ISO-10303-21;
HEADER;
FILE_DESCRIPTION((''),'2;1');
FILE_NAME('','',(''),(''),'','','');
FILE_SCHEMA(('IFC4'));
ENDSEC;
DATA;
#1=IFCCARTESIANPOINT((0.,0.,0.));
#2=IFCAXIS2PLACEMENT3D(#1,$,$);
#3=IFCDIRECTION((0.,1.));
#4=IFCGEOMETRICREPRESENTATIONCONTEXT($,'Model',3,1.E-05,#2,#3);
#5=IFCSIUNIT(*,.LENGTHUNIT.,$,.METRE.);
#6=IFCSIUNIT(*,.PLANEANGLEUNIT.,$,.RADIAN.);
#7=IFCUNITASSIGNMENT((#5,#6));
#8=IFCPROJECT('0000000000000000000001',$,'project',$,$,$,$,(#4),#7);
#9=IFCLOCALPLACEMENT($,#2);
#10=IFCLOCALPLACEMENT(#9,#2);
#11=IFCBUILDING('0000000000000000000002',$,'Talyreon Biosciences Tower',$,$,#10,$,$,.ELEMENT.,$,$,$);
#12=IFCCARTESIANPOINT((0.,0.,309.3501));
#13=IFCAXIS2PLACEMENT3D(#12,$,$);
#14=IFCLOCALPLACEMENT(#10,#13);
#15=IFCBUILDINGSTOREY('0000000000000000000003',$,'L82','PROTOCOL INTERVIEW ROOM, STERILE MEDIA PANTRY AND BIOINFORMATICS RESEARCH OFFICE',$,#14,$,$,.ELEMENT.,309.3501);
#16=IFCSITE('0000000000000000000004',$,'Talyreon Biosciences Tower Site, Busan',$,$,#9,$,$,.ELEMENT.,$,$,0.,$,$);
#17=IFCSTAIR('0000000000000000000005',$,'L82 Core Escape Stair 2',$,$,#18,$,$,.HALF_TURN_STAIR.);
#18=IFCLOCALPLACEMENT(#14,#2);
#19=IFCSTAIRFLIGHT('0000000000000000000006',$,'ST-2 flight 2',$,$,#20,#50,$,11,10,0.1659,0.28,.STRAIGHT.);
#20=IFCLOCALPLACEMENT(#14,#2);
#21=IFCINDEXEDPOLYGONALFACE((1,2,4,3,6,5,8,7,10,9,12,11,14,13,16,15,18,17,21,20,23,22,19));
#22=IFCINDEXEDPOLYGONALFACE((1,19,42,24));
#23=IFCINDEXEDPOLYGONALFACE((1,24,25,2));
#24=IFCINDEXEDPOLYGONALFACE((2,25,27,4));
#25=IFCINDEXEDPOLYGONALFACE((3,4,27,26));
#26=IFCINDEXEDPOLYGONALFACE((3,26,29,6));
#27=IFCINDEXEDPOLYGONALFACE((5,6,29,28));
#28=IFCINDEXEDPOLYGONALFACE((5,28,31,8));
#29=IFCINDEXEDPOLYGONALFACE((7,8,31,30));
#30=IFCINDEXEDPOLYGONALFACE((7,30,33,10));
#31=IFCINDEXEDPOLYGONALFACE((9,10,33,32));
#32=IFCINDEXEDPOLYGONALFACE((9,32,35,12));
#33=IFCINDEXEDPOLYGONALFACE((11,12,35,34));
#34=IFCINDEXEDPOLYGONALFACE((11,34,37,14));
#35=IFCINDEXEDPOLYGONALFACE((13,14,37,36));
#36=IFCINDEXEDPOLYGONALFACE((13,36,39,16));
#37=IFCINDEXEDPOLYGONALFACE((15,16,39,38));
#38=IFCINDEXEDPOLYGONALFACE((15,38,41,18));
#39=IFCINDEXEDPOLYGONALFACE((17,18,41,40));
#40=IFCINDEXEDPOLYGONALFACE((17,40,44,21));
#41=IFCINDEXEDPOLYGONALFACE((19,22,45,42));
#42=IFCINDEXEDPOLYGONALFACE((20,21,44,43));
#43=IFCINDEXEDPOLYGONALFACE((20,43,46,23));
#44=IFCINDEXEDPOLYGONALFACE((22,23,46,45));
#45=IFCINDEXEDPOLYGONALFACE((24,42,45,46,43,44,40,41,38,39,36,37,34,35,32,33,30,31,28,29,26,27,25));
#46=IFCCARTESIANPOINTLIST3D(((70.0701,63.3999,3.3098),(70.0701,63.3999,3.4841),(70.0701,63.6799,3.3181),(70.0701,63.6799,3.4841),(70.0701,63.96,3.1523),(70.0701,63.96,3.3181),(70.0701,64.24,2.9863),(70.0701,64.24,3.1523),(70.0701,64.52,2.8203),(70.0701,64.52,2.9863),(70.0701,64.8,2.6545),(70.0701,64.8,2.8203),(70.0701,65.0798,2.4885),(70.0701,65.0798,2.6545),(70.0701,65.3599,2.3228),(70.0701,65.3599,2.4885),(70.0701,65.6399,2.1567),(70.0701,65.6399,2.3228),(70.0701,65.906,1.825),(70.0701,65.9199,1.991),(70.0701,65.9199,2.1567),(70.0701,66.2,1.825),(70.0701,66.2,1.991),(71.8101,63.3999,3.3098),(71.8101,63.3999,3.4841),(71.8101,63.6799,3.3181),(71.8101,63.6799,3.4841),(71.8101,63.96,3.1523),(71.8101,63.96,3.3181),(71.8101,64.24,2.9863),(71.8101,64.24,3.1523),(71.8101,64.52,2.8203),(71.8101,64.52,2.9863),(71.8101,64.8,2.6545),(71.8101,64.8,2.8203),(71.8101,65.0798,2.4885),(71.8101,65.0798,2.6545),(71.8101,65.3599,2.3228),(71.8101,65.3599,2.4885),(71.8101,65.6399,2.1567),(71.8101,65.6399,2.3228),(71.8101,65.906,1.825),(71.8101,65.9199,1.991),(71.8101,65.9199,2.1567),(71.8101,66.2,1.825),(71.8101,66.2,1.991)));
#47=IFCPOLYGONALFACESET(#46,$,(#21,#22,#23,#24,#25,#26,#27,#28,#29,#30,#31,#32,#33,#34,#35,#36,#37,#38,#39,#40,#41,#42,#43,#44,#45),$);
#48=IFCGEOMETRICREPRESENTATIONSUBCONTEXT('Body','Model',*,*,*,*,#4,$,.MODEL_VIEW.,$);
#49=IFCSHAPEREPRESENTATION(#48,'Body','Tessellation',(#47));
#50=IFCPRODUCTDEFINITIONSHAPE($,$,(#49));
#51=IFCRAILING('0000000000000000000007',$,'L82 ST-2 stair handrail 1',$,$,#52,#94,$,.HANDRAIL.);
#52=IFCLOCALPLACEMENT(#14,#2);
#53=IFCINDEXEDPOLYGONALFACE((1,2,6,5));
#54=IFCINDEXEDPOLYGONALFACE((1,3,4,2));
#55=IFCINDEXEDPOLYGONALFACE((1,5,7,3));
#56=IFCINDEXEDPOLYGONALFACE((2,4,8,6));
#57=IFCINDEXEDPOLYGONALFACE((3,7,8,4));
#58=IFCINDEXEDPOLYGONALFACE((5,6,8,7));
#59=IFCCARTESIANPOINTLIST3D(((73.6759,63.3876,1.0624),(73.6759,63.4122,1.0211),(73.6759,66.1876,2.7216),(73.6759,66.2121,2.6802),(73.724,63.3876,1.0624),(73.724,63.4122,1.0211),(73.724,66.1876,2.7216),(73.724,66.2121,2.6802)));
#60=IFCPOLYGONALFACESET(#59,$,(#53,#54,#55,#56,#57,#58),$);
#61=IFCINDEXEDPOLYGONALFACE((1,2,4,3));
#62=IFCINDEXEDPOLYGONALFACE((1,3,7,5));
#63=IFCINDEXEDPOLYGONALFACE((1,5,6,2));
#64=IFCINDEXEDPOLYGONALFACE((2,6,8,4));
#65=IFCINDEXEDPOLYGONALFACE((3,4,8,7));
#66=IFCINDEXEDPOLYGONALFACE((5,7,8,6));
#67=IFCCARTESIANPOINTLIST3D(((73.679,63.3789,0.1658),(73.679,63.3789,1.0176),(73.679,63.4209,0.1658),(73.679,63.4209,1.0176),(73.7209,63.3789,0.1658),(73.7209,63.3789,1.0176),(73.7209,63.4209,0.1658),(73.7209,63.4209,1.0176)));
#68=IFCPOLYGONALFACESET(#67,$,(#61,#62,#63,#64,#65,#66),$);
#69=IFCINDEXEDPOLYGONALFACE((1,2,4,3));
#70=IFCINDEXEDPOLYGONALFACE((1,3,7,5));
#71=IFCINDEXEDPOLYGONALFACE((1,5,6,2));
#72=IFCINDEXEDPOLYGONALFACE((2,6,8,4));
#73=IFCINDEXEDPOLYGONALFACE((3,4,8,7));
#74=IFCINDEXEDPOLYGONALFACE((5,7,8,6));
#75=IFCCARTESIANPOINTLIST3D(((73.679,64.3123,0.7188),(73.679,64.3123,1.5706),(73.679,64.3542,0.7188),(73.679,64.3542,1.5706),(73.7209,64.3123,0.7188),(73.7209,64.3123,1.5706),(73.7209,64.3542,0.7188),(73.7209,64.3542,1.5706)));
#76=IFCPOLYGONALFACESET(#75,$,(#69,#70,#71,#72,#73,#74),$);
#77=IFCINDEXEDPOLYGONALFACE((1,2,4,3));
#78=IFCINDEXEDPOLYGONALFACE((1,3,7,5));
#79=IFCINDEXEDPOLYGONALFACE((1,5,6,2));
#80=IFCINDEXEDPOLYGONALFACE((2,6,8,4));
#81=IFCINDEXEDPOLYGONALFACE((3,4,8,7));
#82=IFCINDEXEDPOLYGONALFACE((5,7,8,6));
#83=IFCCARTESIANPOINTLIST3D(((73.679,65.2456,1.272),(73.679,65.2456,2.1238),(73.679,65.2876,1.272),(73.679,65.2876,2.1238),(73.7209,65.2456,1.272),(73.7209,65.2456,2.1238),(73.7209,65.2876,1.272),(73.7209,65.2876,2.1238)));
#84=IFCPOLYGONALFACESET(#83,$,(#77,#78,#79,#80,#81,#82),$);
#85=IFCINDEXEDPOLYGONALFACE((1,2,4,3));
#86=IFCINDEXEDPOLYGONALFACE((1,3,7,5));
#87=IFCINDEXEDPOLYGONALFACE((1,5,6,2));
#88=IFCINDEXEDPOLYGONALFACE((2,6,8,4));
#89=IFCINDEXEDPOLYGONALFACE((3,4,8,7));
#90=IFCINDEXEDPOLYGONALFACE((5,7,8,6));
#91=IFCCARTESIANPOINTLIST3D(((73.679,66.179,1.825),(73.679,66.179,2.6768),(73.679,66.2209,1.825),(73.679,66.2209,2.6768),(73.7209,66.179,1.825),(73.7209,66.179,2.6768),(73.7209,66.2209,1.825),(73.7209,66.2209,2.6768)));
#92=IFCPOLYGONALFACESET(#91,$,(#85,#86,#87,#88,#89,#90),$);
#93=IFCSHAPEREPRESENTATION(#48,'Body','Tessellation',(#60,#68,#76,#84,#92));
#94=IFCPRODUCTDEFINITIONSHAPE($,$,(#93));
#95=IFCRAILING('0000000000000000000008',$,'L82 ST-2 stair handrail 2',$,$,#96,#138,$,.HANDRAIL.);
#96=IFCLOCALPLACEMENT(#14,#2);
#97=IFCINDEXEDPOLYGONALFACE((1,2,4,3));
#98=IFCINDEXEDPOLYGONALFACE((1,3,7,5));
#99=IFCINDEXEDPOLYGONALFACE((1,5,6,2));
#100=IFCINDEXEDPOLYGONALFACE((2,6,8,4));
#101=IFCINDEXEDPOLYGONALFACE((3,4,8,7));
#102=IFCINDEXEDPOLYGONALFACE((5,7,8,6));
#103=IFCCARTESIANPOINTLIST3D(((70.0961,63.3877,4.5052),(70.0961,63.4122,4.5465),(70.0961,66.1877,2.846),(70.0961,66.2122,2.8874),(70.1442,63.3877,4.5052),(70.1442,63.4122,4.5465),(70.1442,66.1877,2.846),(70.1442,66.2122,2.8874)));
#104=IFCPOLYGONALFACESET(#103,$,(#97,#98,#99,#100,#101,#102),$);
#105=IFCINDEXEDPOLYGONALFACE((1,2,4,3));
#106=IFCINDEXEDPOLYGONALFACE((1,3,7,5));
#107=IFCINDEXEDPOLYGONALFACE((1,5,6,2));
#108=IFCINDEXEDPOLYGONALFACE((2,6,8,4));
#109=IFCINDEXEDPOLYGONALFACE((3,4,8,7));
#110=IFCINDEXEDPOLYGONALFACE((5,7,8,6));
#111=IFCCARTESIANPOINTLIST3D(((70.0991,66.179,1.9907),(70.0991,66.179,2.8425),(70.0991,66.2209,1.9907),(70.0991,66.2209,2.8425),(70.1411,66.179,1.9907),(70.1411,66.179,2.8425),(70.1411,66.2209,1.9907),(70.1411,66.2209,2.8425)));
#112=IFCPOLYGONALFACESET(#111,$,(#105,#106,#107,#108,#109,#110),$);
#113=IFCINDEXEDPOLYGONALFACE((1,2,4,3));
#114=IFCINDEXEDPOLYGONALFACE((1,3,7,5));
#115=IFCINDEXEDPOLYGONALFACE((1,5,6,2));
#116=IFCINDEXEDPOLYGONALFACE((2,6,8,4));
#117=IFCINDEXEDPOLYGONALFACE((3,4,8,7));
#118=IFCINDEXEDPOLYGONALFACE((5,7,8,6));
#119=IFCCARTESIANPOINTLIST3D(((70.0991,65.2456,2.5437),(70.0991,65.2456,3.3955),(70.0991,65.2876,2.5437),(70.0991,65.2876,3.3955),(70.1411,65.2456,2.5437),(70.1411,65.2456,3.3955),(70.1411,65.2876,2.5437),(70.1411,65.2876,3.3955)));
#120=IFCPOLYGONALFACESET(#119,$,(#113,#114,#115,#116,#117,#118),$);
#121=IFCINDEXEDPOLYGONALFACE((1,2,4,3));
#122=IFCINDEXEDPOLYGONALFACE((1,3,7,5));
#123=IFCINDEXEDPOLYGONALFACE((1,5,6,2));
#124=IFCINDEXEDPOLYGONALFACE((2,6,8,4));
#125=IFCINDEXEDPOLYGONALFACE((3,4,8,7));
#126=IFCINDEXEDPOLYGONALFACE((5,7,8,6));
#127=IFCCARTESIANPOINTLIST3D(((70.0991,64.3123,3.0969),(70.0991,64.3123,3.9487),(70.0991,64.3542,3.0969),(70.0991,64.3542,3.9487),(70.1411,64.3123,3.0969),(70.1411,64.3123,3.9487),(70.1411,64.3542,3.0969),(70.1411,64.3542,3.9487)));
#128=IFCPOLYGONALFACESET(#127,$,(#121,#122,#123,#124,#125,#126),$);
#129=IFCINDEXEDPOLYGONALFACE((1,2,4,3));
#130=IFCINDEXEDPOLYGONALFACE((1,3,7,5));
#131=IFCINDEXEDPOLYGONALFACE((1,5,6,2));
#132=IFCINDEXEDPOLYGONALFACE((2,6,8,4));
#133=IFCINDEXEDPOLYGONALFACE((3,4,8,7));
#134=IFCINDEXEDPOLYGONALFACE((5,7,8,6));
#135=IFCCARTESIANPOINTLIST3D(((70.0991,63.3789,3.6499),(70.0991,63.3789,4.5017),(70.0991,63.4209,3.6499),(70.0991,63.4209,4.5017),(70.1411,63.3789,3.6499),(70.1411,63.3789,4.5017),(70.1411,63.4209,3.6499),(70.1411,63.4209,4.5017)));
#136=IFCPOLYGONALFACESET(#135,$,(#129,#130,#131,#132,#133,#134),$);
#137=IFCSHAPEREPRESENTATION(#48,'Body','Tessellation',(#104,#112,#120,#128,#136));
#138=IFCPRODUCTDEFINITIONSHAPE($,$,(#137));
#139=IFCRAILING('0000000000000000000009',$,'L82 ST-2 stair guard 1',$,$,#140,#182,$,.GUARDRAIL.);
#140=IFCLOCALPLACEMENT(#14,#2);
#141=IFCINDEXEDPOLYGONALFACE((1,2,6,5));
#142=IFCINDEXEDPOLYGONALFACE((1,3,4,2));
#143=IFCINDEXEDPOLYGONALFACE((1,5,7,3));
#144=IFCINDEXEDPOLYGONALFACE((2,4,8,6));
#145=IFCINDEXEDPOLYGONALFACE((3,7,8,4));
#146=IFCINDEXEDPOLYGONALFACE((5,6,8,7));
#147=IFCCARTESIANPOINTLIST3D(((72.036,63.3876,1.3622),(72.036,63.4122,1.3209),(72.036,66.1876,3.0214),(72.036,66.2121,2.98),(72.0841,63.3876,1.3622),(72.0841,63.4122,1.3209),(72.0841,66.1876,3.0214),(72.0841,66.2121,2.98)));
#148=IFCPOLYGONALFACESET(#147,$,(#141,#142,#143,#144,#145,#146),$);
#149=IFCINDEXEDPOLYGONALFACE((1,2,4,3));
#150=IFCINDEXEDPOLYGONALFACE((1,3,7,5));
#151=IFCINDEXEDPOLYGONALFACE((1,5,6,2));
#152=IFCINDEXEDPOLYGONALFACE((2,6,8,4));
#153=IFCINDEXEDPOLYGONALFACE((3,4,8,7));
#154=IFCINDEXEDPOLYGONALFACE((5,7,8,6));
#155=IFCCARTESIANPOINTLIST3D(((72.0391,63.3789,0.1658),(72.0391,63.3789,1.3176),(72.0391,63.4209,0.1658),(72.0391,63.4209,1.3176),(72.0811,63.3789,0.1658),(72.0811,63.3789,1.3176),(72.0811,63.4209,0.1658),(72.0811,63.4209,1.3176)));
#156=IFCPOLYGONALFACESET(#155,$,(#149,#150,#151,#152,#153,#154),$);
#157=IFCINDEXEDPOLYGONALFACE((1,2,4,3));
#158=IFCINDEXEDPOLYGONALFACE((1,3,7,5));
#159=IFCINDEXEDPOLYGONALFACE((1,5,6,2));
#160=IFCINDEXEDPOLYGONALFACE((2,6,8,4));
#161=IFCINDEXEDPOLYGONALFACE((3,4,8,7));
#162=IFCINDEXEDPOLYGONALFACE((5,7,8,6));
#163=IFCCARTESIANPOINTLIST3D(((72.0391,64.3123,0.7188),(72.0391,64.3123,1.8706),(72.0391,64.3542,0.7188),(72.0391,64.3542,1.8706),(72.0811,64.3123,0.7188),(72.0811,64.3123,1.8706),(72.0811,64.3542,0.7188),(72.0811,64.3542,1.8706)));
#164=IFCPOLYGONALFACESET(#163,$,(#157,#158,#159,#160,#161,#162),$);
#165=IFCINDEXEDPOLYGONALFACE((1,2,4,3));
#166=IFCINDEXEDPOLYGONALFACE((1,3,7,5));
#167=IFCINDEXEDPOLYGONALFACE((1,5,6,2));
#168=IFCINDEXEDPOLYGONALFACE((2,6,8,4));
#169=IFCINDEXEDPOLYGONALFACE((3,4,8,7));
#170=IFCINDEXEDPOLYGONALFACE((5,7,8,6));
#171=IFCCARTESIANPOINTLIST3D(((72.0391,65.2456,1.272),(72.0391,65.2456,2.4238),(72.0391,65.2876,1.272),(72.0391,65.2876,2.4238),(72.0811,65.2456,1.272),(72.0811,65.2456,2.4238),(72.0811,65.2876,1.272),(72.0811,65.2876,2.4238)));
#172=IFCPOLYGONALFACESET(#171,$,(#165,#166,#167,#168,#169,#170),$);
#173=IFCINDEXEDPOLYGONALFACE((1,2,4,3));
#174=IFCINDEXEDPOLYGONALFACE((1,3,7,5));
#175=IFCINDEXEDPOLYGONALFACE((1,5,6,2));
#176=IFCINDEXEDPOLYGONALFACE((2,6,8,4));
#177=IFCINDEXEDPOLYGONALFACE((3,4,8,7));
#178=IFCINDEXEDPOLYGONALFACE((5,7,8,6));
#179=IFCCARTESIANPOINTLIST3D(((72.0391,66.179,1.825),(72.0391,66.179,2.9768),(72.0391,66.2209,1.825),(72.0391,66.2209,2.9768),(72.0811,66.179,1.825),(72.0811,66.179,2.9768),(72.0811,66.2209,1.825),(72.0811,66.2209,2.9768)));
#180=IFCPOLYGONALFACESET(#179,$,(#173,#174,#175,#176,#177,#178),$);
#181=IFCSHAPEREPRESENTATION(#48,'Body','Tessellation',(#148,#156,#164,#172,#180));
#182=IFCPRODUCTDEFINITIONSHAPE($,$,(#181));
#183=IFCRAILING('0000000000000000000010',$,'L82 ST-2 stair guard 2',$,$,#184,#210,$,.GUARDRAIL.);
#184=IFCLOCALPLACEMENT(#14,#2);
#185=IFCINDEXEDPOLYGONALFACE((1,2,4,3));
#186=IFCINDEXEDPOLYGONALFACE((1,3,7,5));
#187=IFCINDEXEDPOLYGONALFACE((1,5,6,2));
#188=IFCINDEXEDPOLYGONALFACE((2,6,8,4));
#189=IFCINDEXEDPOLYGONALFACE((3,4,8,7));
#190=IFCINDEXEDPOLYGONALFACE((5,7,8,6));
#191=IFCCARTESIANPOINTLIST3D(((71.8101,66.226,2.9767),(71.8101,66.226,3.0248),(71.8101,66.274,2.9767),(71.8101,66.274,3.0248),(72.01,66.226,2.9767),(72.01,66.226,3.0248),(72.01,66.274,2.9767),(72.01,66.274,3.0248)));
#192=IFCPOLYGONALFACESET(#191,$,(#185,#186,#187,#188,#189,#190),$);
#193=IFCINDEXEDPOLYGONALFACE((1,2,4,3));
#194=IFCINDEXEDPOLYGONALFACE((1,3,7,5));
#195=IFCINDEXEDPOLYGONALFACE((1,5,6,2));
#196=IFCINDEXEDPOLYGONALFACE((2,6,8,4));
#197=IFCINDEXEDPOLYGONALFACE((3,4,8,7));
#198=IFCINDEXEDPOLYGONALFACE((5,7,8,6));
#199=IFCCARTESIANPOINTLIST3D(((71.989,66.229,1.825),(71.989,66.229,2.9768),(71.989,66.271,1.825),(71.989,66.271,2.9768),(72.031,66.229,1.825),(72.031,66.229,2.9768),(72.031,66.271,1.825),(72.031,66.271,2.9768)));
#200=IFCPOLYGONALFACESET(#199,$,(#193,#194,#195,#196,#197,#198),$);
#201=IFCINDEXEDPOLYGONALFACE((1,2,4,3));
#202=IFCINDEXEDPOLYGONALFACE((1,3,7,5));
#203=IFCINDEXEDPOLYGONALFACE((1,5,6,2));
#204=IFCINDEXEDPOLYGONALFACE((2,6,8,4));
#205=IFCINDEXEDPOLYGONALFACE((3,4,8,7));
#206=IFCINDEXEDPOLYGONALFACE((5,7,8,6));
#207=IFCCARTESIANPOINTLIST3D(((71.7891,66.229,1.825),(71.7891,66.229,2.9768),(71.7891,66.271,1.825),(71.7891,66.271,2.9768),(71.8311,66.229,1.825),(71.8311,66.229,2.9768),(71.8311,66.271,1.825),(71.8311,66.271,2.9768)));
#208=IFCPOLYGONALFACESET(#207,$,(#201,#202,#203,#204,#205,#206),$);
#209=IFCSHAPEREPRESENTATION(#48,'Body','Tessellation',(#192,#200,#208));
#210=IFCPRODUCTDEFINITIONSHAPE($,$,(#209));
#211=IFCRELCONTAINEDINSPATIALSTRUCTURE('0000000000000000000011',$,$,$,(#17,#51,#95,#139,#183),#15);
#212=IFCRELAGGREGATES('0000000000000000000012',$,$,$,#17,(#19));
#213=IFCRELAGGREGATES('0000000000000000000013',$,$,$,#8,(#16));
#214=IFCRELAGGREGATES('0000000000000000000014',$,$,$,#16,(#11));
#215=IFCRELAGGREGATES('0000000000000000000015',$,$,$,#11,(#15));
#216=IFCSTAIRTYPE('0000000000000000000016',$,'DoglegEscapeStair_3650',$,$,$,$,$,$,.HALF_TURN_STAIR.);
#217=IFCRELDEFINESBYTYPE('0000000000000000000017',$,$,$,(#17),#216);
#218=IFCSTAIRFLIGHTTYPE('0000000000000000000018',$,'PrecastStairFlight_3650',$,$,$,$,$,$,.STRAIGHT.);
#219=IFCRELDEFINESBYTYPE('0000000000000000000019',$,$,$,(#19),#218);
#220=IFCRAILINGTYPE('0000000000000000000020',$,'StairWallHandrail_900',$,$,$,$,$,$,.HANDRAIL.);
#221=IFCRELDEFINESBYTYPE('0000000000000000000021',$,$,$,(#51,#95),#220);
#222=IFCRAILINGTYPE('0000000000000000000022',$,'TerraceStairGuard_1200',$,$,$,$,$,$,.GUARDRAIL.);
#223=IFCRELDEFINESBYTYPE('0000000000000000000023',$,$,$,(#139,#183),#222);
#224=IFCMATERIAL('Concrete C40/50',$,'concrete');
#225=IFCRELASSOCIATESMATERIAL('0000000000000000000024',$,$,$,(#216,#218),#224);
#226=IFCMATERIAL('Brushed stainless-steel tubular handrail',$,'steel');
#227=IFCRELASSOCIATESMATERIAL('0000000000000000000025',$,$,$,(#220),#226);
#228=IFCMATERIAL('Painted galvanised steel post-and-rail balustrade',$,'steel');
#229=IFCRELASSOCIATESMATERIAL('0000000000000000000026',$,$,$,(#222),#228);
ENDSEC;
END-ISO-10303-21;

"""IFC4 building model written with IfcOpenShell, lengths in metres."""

from ifc_helpers import new_model, si_unit, direction, frame, origin, origin_2d, place, context, subcontext, project, spatial, polyline, rectangle, outline, extrude, material, type_object, element, aggregate, save


model = new_model("IFC4")

# Units and contexts
model_context = context("Model", 3, precision=1e-05, world=origin(), true_north=direction((0.0, 1.0)))
body_context = subcontext(model_context, "Body", "Model", "MODEL_VIEW")
ifc_project = project(units=[si_unit("LENGTHUNIT", "METRE"), si_unit("PLANEANGLEUNIT", "RADIAN")], contexts=[model_context])

# Site, building, storey
site_placement = place(None, origin())
site = spatial("IfcSite", under=ifc_project, at=site_placement, Name="Talyreon Biosciences Tower Site, Busan", CompositionType="ELEMENT", RefElevation=0.0)
building_placement = place(site_placement, origin())
building = spatial("IfcBuilding", under=site, at=building_placement, Name="Talyreon Biosciences Tower", CompositionType="ELEMENT")
storey_placement = place(building_placement, frame((0.0, 0.0, 309.3501)))
storey = spatial("IfcBuildingStorey", under=building, at=storey_placement, Name="L82", Description="PROTOCOL INTERVIEW ROOM, STERILE MEDIA PANTRY AND BIOINFORMATICS RESEARCH OFFICE", CompositionType="ELEMENT", Elevation=309.3501)

# Stair, stair flight
ifc_material_1 = material(Name="Concrete C40/50", Category="concrete")
stair_type = type_object("IfcStairType", Name="DoglegEscapeStair_3650", PredefinedType="HALF_TURN_STAIR", material=ifc_material_1)
stair_placement = place(storey_placement, origin())
stair = element("IfcStair", 1, at=stair_placement, inside=storey, type_object=stair_type, Name="L82 Core Escape Stair 2", PredefinedType="HALF_TURN_STAIR")
stair_flight_type = type_object("IfcStairFlightType", Name="PrecastStairFlight_3650", PredefinedType="STRAIGHT", material=ifc_material_1)
stair_flight_1_placement = place(storey_placement, frame((70.9399, 66.2, 1.825), z_axis=(0.0, 0.0, 1.0), x_axis=(0.0, -1.0, 0.0)))
stair_flight_1 = element("IfcStairFlight", 2, at=stair_flight_1_placement, type_object=stair_flight_type, Name="ST-2 flight 2", NumberOfRisers=11, NumberOfTreads=10, PredefinedType="STRAIGHT", RiserHeight=0.1659, TreadLength=0.28, context=body_context, shape_type="SweptSolid", body=[
    extrude(outline(polyline([(0.0, 0.0), (0.0, 0.166), (0.28, 0.166), (0.28, 0.3318), (0.5601, 0.3318), (0.5601, 0.4978), (0.8401, 0.4978), (0.8401, 0.6636), (1.1201, 0.6636), (1.1201, 0.8296), (1.3999, 0.8296), (1.3999, 0.9954), (1.6799, 0.9954), (1.6799, 1.1614), (1.96, 1.1614), (1.96, 1.3274), (2.24, 1.3274), (2.24, 1.4932), (2.52, 1.4932), (2.52, 1.6592), (2.8, 1.6592), (2.8, 1.825), (2.8, 1.4849), (0.2939, 0.0), (0.0, 0.0)])), frame((0.0, 0.8701, 0.0), z_axis=(0.0, -1.0, 0.0), x_axis=(1.0, 0.0, 0.0)), (0.0, 0.0, 1.0), 1.74),
])
aggregate(stair, [stair_flight_1])

# Railings
ifc_material_2 = material(Name="Brushed stainless-steel tubular handrail", Category="steel")
railing_type_1 = type_object("IfcRailingType", Name="StairWallHandrail_900", PredefinedType="HANDRAIL", material=ifc_material_2)
railing_1_placement = place(storey_placement, frame((73.7, 63.3999, 0.1658)))
element("IfcRailing", 3, at=railing_1_placement, inside=storey, type_object=railing_type_1, Name="L82 ST-2 stair handrail 1", PredefinedType="HANDRAIL", context=body_context, shape_type="SweptSolid", body=[
    extrude(rectangle(XDim=0.0481, YDim=0.0481, at=origin_2d()), frame((0.0, 0.0, 0.876), z_axis=(0.0, 0.860306, 0.509778), x_axis=(-1.0, 0.0, 0.0)), (0.0, 0.0, 1.0), 3.2546),
    extrude(rectangle(XDim=0.042, YDim=0.042, at=origin_2d()), origin(), (0.0, 0.0, 1.0), 0.8518),
    extrude(rectangle(XDim=0.042, YDim=0.042, at=origin_2d()), frame((0.0, 0.9333, 0.553)), (0.0, 0.0, 1.0), 0.8518),
    extrude(rectangle(XDim=0.042, YDim=0.042, at=origin_2d()), frame((0.0, 1.8667, 1.1062)), (0.0, 0.0, 1.0), 0.8518),
    extrude(rectangle(XDim=0.042, YDim=0.042, at=origin_2d()), frame((0.0, 2.8, 1.6592)), (0.0, 0.0, 1.0), 0.8518),
])
railing_2_placement = place(storey_placement, frame((70.1201, 66.2, 1.9907)))
element("IfcRailing", 4, at=railing_2_placement, inside=storey, type_object=railing_type_1, Name="L82 ST-2 stair handrail 2", PredefinedType="HANDRAIL", context=body_context, shape_type="SweptSolid", body=[
    extrude(rectangle(XDim=0.0481, YDim=0.0481, at=origin_2d()), frame((0.0, 0.0, 0.876), z_axis=(0.0, -0.860306, 0.509778), x_axis=(1.0, 0.0, 0.0)), (0.0, 0.0, 1.0), 3.2546),
    extrude(rectangle(XDim=0.042, YDim=0.042, at=origin_2d()), origin(), (0.0, 0.0, 1.0), 0.8518),
    extrude(rectangle(XDim=0.042, YDim=0.042, at=origin_2d()), frame((0.0, -0.9333, 0.553)), (0.0, 0.0, 1.0), 0.8518),
    extrude(rectangle(XDim=0.042, YDim=0.042, at=origin_2d()), frame((0.0, -1.8667, 1.1062)), (0.0, 0.0, 1.0), 0.8518),
    extrude(rectangle(XDim=0.042, YDim=0.042, at=origin_2d()), frame((0.0, -2.8, 1.6592)), (0.0, 0.0, 1.0), 0.8518),
])
ifc_material_3 = material(Name="Painted galvanised steel post-and-rail balustrade", Category="steel")
railing_type_2 = type_object("IfcRailingType", Name="TerraceStairGuard_1200", PredefinedType="GUARDRAIL", material=ifc_material_3)
railing_3_placement = place(storey_placement, frame((72.0601, 63.3999, 0.1658)))
element("IfcRailing", 5, at=railing_3_placement, inside=storey, type_object=railing_type_2, Name="L82 ST-2 stair guard 1", PredefinedType="GUARDRAIL", context=body_context, shape_type="SweptSolid", body=[
    extrude(rectangle(XDim=0.0481, YDim=0.0481, at=origin_2d()), frame((0.0, 0.0, 1.1758), z_axis=(0.0, 0.860306, 0.509778), x_axis=(-1.0, 0.0, 0.0)), (0.0, 0.0, 1.0), 3.2546),
    extrude(rectangle(XDim=0.042, YDim=0.042, at=origin_2d()), origin(), (0.0, 0.0, 1.0), 1.1519),
    extrude(rectangle(XDim=0.042, YDim=0.042, at=origin_2d()), frame((0.0, 0.9333, 0.553)), (0.0, 0.0, 1.0), 1.1519),
    extrude(rectangle(XDim=0.042, YDim=0.042, at=origin_2d()), frame((0.0, 1.8667, 1.1062)), (0.0, 0.0, 1.0), 1.1519),
    extrude(rectangle(XDim=0.042, YDim=0.042, at=origin_2d()), frame((0.0, 2.8, 1.6592)), (0.0, 0.0, 1.0), 1.1519),
])
railing_4_placement = place(storey_placement, frame((72.01, 66.25, 1.825)))
element("IfcRailing", 6, at=railing_4_placement, inside=storey, type_object=railing_type_2, Name="L82 ST-2 stair guard 2", PredefinedType="GUARDRAIL", context=body_context, shape_type="SweptSolid", body=[
    extrude(rectangle(XDim=0.0481, YDim=0.0481, at=origin_2d()), frame((0.0, 0.0, 1.1758), z_axis=(-1.0, 0.0, 0.0), x_axis=(0.0, -1.0, 0.0)), (0.0, 0.0, 1.0), 0.2),
    extrude(rectangle(XDim=0.042, YDim=0.042, at=origin_2d()), origin(), (0.0, 0.0, 1.0), 1.1519),
    extrude(rectangle(XDim=0.042, YDim=0.042, at=origin_2d()), frame((-0.2, 0.0, 0.0)), (0.0, 0.0, 1.0), 1.1519),
])

save(model, "model.ifc")
